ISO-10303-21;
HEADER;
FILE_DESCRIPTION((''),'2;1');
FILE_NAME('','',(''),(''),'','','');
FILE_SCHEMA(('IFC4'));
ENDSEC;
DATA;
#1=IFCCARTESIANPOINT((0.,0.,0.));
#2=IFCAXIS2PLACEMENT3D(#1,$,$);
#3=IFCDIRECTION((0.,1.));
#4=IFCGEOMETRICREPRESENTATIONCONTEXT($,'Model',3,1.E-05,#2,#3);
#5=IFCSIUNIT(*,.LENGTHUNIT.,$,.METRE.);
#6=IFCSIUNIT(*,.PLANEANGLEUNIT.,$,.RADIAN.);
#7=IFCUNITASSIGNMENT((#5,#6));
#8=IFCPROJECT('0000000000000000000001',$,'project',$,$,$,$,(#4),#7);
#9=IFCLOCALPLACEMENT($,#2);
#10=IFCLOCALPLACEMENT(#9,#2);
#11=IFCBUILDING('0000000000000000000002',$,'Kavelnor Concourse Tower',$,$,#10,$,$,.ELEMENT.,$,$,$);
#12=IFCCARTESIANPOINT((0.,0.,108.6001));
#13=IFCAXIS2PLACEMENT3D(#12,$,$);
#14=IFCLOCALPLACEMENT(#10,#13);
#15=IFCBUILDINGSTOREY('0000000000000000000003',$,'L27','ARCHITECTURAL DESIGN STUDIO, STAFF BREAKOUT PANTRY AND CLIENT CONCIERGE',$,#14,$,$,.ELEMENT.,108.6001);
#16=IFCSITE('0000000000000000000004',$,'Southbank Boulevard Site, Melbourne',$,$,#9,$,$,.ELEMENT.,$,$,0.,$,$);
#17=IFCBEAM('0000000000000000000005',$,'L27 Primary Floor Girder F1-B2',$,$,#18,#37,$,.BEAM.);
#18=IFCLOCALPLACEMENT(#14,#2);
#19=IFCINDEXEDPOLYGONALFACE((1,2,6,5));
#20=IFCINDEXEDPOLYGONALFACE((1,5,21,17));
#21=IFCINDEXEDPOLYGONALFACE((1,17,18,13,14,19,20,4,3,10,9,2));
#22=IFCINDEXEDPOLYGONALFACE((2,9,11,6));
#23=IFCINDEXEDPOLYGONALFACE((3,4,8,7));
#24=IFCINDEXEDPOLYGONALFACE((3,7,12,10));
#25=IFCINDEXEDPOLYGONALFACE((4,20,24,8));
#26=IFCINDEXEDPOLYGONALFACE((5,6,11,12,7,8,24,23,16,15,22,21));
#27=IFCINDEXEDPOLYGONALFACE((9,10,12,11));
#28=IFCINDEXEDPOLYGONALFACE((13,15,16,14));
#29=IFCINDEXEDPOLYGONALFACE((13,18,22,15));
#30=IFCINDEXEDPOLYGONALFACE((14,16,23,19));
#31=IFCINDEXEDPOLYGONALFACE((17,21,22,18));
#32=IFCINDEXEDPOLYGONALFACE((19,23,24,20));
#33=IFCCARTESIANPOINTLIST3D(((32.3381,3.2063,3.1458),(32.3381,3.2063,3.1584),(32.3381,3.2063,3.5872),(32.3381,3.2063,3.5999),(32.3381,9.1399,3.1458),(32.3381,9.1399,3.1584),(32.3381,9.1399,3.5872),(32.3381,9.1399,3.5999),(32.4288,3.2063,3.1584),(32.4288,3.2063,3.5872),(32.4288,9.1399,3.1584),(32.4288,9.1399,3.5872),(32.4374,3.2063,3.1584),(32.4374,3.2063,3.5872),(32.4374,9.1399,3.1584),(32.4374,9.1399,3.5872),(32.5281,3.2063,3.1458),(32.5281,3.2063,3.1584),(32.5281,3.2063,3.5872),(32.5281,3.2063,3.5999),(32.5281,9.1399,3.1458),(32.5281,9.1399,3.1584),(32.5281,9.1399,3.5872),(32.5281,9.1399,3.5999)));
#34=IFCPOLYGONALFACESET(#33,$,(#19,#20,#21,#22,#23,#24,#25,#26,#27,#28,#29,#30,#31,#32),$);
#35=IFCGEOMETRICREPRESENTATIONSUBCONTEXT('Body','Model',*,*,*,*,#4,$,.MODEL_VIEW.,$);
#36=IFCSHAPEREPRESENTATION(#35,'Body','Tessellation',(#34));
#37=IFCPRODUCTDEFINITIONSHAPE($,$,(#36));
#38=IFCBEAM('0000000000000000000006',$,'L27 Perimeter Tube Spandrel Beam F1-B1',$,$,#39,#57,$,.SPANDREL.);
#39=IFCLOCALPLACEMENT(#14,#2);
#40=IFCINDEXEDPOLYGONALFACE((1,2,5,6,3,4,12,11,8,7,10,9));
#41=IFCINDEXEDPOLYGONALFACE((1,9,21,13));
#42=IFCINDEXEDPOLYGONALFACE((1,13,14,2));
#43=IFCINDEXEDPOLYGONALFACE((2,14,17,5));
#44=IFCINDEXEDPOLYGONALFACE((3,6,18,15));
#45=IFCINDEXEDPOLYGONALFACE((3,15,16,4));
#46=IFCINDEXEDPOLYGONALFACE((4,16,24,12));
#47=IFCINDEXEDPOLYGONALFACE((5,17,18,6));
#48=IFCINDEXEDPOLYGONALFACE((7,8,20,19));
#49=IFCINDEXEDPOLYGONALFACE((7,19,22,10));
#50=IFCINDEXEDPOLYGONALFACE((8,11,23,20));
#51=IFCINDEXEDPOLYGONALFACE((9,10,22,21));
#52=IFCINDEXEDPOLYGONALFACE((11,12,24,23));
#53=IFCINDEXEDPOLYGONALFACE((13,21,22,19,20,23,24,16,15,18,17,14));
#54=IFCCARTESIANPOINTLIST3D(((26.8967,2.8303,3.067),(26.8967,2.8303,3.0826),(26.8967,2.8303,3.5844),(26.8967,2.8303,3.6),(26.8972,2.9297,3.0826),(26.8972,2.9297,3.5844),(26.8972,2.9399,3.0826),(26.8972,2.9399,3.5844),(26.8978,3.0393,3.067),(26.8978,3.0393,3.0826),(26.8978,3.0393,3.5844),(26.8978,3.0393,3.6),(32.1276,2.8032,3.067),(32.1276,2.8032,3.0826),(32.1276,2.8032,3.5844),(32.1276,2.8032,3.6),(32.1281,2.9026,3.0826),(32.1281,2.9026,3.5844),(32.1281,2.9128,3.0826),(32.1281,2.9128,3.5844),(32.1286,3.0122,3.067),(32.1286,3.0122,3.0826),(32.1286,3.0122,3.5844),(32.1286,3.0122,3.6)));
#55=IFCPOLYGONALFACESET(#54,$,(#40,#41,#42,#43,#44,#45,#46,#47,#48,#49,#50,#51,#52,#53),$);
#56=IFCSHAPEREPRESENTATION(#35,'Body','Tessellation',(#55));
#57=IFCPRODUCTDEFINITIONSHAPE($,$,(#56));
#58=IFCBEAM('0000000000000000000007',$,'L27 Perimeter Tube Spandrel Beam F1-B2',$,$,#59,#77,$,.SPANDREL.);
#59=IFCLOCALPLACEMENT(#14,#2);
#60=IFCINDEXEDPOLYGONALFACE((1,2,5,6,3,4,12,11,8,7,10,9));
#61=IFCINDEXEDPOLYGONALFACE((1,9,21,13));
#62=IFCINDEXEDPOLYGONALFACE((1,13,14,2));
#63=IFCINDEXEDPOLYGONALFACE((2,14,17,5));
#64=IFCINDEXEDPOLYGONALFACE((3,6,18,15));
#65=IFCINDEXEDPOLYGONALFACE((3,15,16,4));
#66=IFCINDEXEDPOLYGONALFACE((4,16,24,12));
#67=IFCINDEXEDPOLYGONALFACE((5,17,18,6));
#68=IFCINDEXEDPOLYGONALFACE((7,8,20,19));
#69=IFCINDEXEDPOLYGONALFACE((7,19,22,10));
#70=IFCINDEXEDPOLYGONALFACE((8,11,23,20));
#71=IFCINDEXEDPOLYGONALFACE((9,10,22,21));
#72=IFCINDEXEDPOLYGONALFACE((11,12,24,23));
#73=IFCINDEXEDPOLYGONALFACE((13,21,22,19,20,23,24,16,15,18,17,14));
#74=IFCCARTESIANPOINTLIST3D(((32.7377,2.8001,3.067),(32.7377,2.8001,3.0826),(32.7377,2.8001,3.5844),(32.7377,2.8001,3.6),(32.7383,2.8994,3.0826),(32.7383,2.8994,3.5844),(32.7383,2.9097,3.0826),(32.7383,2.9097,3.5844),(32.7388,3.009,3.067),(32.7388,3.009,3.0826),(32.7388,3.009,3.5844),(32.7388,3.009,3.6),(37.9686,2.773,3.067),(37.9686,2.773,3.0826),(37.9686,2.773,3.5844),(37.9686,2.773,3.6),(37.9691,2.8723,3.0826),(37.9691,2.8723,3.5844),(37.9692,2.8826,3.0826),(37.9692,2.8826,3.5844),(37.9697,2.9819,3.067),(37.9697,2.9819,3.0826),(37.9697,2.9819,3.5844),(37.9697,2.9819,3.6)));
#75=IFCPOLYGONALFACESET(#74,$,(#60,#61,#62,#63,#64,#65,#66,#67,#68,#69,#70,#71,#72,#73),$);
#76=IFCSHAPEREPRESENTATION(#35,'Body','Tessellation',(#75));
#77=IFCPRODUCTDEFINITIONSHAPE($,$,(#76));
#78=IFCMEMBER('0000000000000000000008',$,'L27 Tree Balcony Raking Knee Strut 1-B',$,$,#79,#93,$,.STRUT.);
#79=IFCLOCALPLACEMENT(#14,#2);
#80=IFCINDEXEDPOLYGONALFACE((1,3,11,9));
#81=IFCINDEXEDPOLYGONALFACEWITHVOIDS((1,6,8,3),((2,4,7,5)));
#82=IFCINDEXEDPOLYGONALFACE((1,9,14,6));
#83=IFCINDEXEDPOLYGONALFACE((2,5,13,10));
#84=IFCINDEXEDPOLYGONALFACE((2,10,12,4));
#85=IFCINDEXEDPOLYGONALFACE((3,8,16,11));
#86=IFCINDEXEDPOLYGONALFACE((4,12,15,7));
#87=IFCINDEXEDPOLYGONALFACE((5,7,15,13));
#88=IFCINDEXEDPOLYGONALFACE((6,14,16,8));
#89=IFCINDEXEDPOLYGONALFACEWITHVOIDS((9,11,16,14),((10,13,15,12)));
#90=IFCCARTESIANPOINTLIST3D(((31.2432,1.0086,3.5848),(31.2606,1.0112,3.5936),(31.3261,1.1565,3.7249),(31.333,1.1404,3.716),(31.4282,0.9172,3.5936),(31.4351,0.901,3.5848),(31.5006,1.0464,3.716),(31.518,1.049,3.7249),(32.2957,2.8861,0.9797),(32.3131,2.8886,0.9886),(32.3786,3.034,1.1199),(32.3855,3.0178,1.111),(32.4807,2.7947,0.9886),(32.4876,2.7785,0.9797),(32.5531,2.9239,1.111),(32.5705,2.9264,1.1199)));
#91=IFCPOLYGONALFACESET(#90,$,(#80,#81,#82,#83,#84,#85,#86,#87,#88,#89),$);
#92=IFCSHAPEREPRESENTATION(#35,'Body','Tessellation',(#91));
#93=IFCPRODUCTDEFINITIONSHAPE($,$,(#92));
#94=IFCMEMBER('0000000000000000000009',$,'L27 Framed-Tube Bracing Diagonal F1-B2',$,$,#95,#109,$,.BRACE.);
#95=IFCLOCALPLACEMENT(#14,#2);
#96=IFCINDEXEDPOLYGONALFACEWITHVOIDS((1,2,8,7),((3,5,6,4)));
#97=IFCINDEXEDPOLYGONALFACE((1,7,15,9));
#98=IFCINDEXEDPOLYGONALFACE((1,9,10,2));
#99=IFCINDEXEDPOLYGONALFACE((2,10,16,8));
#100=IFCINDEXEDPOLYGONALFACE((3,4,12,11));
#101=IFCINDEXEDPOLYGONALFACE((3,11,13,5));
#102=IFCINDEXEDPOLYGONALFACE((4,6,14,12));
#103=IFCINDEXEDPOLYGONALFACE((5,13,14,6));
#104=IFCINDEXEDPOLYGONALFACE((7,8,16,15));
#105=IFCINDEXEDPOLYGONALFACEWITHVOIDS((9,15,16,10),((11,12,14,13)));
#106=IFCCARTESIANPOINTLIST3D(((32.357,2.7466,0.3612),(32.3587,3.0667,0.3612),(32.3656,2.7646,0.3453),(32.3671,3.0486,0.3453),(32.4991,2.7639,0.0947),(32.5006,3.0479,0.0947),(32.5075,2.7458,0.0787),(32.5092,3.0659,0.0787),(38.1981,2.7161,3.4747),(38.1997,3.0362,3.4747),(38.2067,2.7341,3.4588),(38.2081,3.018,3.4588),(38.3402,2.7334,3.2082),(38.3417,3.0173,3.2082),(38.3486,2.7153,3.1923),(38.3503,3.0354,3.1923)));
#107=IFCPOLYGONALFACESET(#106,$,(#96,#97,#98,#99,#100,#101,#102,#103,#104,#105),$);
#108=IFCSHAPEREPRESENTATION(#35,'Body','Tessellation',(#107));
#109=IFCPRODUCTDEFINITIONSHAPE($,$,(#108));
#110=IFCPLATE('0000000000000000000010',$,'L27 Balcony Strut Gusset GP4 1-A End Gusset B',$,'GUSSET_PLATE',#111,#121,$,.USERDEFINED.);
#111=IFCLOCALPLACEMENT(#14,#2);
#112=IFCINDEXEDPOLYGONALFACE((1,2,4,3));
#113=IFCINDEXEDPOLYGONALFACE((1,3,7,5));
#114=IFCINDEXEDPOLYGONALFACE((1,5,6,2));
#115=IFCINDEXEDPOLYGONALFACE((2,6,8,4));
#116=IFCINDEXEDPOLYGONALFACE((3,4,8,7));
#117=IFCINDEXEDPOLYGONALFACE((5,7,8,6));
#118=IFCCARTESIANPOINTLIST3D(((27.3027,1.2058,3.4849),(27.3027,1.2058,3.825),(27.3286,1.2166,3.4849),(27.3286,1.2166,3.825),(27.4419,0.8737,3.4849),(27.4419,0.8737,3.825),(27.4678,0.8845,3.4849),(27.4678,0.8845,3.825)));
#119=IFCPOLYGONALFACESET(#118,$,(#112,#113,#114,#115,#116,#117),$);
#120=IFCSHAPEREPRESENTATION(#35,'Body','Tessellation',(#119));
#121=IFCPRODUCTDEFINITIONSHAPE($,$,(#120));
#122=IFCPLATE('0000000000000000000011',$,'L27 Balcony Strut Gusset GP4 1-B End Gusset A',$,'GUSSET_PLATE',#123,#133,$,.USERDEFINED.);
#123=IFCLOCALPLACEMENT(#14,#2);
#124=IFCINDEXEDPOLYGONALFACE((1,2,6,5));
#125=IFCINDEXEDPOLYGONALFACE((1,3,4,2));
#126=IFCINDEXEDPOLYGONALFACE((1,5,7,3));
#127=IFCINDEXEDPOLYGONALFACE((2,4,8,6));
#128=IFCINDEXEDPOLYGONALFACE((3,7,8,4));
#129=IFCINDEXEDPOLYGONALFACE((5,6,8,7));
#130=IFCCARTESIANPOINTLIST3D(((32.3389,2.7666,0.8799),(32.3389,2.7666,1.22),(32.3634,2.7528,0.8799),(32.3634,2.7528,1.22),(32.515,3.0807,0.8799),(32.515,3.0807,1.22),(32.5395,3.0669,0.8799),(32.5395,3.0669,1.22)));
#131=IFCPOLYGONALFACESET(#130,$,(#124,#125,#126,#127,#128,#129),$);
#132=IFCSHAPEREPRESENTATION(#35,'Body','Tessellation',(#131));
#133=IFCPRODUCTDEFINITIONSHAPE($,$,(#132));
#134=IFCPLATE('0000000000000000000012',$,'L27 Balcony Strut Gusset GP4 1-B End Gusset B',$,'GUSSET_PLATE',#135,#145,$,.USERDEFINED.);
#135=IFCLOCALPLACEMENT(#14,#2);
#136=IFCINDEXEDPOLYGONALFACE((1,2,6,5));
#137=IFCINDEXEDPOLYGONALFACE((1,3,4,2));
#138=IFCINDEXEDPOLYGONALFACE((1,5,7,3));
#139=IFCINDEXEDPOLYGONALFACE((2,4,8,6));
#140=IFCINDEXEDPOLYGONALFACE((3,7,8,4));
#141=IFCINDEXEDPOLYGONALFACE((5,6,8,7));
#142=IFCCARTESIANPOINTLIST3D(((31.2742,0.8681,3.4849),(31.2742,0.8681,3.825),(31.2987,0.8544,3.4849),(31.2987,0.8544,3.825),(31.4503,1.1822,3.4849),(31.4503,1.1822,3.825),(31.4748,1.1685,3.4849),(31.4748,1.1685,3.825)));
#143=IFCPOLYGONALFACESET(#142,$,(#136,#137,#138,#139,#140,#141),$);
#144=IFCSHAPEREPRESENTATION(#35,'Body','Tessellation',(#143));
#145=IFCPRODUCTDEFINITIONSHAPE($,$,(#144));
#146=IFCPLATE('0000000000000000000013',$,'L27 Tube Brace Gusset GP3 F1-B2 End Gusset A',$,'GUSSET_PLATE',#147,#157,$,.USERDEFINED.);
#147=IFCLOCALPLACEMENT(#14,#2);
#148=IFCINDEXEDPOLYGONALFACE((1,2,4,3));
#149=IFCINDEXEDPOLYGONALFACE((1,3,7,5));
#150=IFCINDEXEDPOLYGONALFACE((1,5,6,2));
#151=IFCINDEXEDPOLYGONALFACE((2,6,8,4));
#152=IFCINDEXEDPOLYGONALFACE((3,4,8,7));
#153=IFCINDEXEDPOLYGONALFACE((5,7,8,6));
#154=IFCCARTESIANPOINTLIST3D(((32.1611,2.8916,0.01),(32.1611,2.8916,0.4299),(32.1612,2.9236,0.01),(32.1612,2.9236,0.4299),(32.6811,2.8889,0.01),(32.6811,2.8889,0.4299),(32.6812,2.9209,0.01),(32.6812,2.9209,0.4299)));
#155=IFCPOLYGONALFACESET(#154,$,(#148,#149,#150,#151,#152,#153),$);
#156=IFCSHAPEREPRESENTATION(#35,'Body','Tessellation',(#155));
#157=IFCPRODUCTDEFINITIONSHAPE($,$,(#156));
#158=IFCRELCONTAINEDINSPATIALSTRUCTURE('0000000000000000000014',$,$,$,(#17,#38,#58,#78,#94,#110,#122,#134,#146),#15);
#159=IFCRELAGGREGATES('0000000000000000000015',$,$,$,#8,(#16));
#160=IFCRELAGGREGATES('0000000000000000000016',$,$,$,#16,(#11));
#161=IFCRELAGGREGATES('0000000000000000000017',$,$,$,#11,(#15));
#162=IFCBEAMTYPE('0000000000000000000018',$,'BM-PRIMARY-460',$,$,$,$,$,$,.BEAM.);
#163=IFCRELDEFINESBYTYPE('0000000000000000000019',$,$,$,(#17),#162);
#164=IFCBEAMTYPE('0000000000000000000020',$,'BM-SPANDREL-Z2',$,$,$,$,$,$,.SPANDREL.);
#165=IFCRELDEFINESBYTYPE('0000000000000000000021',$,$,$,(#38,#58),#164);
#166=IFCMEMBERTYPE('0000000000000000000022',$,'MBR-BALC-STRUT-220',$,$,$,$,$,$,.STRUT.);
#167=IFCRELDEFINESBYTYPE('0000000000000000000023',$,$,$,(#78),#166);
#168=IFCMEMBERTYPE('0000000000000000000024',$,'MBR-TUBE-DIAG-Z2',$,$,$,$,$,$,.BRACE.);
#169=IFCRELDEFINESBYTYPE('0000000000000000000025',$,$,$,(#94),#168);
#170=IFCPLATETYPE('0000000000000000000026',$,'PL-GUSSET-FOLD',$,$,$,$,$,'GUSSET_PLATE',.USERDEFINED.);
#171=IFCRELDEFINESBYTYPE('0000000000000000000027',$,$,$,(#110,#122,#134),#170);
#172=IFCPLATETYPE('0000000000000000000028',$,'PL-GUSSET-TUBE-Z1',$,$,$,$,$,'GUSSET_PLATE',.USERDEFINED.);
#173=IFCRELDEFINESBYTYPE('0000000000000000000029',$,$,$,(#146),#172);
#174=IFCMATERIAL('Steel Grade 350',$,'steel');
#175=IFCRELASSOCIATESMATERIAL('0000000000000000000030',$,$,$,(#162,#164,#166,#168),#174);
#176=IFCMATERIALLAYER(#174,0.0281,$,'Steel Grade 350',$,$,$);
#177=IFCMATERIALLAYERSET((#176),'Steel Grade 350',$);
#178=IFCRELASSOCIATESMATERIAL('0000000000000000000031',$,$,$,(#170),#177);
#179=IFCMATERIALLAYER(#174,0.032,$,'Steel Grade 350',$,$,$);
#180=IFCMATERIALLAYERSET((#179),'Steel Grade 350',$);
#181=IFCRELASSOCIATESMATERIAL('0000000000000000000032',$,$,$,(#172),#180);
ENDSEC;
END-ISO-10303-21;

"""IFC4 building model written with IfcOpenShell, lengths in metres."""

from ifc_helpers import new_model, si_unit, direction, frame, origin, origin_2d, place, context, subcontext, project, spatial, rectangle, hollow_rectangle, i_section, extrude, material, layer, layer_set, material_profile, profile_set, type_object, element, save


model = new_model("IFC4")

# Units and contexts
model_context = context("Model", 3, precision=1e-05, world=origin(), true_north=direction((0.0, 1.0)))
body_context = subcontext(model_context, "Body", "Model", "MODEL_VIEW")
ifc_project = project(units=[si_unit("LENGTHUNIT", "METRE"), si_unit("PLANEANGLEUNIT", "RADIAN")], contexts=[model_context])

# Site, building, storey
site_placement = place(None, origin())
site = spatial("IfcSite", under=ifc_project, at=site_placement, Name="Southbank Boulevard Site, Melbourne", CompositionType="ELEMENT", RefElevation=0.0)
building_placement = place(site_placement, origin())
building = spatial("IfcBuilding", under=site, at=building_placement, Name="Kavelnor Concourse Tower", CompositionType="ELEMENT")
storey_placement = place(building_placement, frame((0.0, 0.0, 108.6001)))
storey = spatial("IfcBuildingStorey", under=building, at=storey_placement, Name="L27", Description="ARCHITECTURAL DESIGN STUDIO, STAFF BREAKOUT PANTRY AND CLIENT CONCIERGE", CompositionType="ELEMENT", Elevation=108.6001)

# Shared definitions
ifc_material_1 = material(Name="Steel Grade 350", Category="steel")

# Beams
ifc_material_profile_1 = material_profile(ifc_material_1, i_section(OverallWidth=0.1899, OverallDepth=0.4541, WebThickness=0.0085, FlangeThickness=0.0127, at=origin_2d()), Name="460UB67")
ifc_profile_set_1 = profile_set([ifc_material_profile_1], Name="Steel Grade 350")
beam_type_1 = type_object("IfcBeamType", Name="BM-PRIMARY-460", PredefinedType="BEAM", material=ifc_profile_set_1)
beam_1_placement = place(storey_placement, frame((32.4331, 9.1399, 3.3728), z_axis=(0.0, -1.0, 0.0), x_axis=(1.0, 0.0, 0.0)))
element("IfcBeam", 1, at=beam_1_placement, inside=storey, type_object=beam_type_1, Name="L27 Primary Floor Girder F1-B2", PredefinedType="BEAM", context=body_context, shape_type="SweptSolid", body=[
    extrude(i_section(OverallWidth=0.1899, OverallDepth=0.4541, WebThickness=0.0085, FlangeThickness=0.0127, at=origin_2d()), origin(), (0.0, 0.0, 1.0), 5.9336),
])
ifc_material_profile_2 = material_profile(ifc_material_1, i_section(OverallWidth=0.209, OverallDepth=0.533, WebThickness=0.0103, FlangeThickness=0.0156, at=origin_2d()), Name="530UB92")
ifc_profile_set_2 = profile_set([ifc_material_profile_2], Name="Steel Grade 350")
beam_type_2 = type_object("IfcBeamType", Name="BM-SPANDREL-Z2", PredefinedType="SPANDREL", material=ifc_profile_set_2)
for number, where, z_axis, x_axis, name in (
    (2, (26.8972, 2.9348, 3.3335), (0.999987, -0.005181, 0.0), (0.005181, 0.999987, 0.0), "L27 Perimeter Tube Spandrel Beam F1-B1"),
    (3, (32.7383, 2.9045, 3.3335), (0.999987, -0.005181, 0.0), (0.005181, 0.999987, 0.0), "L27 Perimeter Tube Spandrel Beam F1-B2"),
):
    element("IfcBeam", number, at=place(storey_placement, frame(where, z_axis=z_axis, x_axis=x_axis)), inside=storey, type_object=beam_type_2, Name=name, PredefinedType="SPANDREL", context=body_context, shape_type="SweptSolid", body=[
        extrude(i_section(OverallWidth=0.209, OverallDepth=0.533, WebThickness=0.0103, FlangeThickness=0.0156, at=origin_2d()), origin(), (0.0, 0.0, 1.0), 5.231),
    ])

# Members
ifc_material_profile_3 = material_profile(ifc_material_1, hollow_rectangle(XDim=0.22, YDim=0.22, WallThickness=0.0139, at=origin_2d()), Name="SHS 220x220x14")
ifc_profile_set_3 = profile_set([ifc_material_profile_3], Name="Steel Grade 350")
member_type_1 = type_object("IfcMemberType", Name="MBR-BALC-STRUT-220", PredefinedType="STRUT", material=ifc_profile_set_3)
member_1_placement = place(storey_placement, frame((32.4331, 2.9062, 1.0498), z_axis=(-0.311469, -0.555601, 0.770905), x_axis=(0.872283, -0.489001, 0.0)))
element("IfcMember", 4, at=member_1_placement, inside=storey, type_object=member_type_1, Name="L27 Tree Balcony Raking Knee Strut 1-B", PredefinedType="STRUT", context=body_context, shape_type="SweptSolid", body=[
    extrude(hollow_rectangle(XDim=0.22, YDim=0.22, WallThickness=0.0139, at=origin_2d()), origin(), (0.0, 0.0, 1.0), 3.3792),
])
ifc_material_profile_4 = material_profile(ifc_material_1, hollow_rectangle(XDim=0.3201, YDim=0.3201, WallThickness=0.0181, at=origin_2d()), Name="SHS 320x320x18")
ifc_profile_set_4 = profile_set([ifc_material_profile_4], Name="Steel Grade 350")
member_type_2 = type_object("IfcMemberType", Name="MBR-TUBE-DIAG-Z2", PredefinedType="BRACE", material=ifc_profile_set_4)
member_2_placement = place(storey_placement, frame((32.4331, 2.9062, 0.22), z_axis=(0.882451, -0.004611, 0.470382), x_axis=(0.005225, 0.999986, 0.0)))
element("IfcMember", 5, at=member_2_placement, inside=storey, type_object=member_type_2, Name="L27 Framed-Tube Bracing Diagonal F1-B2", PredefinedType="BRACE", context=body_context, shape_type="SweptSolid", body=[
    extrude(hollow_rectangle(XDim=0.3201, YDim=0.3201, WallThickness=0.0181, at=origin_2d()), origin(), (0.0, 0.0, 1.0), 6.6191),
])

# Plates
ifc_layer_1 = layer(ifc_material_1, 0.0281, Name="Steel Grade 350")
ifc_layer_set_1 = layer_set([ifc_layer_1], Name="Steel Grade 350")
plate_type_1 = type_object("IfcPlateType", Name="PL-GUSSET-FOLD", ElementType="GUSSET_PLATE", PredefinedType="USERDEFINED", material=ifc_layer_set_1)
for number, where, z_axis, x_axis, name in (
    (6, (27.3853, 1.0452, 3.4849), (0.0, 0.0, 1.0), (0.386711, -0.922201, 0.0), "L27 Balcony Strut Gusset GP4 1-A End Gusset B"),
    (7, (32.4392, 2.9167, 0.8799), (0.0, 0.0, 1.0), (-0.489078, -0.87224, 0.0), "L27 Balcony Strut Gusset GP4 1-B End Gusset A"),
    (8, (31.3745, 1.0183, 3.4849), (0.0, 0.0, 1.0), (-0.489078, -0.87224, 0.0), "L27 Balcony Strut Gusset GP4 1-B End Gusset B"),
):
    element("IfcPlate", number, at=place(storey_placement, frame(where, z_axis=z_axis, x_axis=x_axis)), inside=storey, type_object=plate_type_1, Name=name, ObjectType="GUSSET_PLATE", PredefinedType="USERDEFINED", context=body_context, shape_type="SweptSolid", body=[
        extrude(rectangle(XDim=0.3601, YDim=0.0281, at=origin_2d()), origin(), (0.0, 0.0, 1.0), 0.3401),
    ])
ifc_layer_2 = layer(ifc_material_1, 0.032, Name="Steel Grade 350")
ifc_layer_set_2 = layer_set([ifc_layer_2], Name="Steel Grade 350")
plate_type_2 = type_object("IfcPlateType", Name="PL-GUSSET-TUBE-Z1", ElementType="GUSSET_PLATE", PredefinedType="USERDEFINED", material=ifc_layer_set_2)
plate_placement = place(storey_placement, frame((32.4211, 2.9062, 0.01), z_axis=(0.0, 0.0, 1.0), x_axis=(0.999986, -0.005236, 0.0)))
element("IfcPlate", 9, at=plate_placement, inside=storey, type_object=plate_type_2, Name="L27 Tube Brace Gusset GP3 F1-B2 End Gusset A", ObjectType="GUSSET_PLATE", PredefinedType="USERDEFINED", context=body_context, shape_type="SweptSolid", body=[
    extrude(rectangle(XDim=0.52, YDim=0.032, at=origin_2d()), origin(), (0.0, 0.0, 1.0), 0.4199),
])

save(model, "model.ifc")
